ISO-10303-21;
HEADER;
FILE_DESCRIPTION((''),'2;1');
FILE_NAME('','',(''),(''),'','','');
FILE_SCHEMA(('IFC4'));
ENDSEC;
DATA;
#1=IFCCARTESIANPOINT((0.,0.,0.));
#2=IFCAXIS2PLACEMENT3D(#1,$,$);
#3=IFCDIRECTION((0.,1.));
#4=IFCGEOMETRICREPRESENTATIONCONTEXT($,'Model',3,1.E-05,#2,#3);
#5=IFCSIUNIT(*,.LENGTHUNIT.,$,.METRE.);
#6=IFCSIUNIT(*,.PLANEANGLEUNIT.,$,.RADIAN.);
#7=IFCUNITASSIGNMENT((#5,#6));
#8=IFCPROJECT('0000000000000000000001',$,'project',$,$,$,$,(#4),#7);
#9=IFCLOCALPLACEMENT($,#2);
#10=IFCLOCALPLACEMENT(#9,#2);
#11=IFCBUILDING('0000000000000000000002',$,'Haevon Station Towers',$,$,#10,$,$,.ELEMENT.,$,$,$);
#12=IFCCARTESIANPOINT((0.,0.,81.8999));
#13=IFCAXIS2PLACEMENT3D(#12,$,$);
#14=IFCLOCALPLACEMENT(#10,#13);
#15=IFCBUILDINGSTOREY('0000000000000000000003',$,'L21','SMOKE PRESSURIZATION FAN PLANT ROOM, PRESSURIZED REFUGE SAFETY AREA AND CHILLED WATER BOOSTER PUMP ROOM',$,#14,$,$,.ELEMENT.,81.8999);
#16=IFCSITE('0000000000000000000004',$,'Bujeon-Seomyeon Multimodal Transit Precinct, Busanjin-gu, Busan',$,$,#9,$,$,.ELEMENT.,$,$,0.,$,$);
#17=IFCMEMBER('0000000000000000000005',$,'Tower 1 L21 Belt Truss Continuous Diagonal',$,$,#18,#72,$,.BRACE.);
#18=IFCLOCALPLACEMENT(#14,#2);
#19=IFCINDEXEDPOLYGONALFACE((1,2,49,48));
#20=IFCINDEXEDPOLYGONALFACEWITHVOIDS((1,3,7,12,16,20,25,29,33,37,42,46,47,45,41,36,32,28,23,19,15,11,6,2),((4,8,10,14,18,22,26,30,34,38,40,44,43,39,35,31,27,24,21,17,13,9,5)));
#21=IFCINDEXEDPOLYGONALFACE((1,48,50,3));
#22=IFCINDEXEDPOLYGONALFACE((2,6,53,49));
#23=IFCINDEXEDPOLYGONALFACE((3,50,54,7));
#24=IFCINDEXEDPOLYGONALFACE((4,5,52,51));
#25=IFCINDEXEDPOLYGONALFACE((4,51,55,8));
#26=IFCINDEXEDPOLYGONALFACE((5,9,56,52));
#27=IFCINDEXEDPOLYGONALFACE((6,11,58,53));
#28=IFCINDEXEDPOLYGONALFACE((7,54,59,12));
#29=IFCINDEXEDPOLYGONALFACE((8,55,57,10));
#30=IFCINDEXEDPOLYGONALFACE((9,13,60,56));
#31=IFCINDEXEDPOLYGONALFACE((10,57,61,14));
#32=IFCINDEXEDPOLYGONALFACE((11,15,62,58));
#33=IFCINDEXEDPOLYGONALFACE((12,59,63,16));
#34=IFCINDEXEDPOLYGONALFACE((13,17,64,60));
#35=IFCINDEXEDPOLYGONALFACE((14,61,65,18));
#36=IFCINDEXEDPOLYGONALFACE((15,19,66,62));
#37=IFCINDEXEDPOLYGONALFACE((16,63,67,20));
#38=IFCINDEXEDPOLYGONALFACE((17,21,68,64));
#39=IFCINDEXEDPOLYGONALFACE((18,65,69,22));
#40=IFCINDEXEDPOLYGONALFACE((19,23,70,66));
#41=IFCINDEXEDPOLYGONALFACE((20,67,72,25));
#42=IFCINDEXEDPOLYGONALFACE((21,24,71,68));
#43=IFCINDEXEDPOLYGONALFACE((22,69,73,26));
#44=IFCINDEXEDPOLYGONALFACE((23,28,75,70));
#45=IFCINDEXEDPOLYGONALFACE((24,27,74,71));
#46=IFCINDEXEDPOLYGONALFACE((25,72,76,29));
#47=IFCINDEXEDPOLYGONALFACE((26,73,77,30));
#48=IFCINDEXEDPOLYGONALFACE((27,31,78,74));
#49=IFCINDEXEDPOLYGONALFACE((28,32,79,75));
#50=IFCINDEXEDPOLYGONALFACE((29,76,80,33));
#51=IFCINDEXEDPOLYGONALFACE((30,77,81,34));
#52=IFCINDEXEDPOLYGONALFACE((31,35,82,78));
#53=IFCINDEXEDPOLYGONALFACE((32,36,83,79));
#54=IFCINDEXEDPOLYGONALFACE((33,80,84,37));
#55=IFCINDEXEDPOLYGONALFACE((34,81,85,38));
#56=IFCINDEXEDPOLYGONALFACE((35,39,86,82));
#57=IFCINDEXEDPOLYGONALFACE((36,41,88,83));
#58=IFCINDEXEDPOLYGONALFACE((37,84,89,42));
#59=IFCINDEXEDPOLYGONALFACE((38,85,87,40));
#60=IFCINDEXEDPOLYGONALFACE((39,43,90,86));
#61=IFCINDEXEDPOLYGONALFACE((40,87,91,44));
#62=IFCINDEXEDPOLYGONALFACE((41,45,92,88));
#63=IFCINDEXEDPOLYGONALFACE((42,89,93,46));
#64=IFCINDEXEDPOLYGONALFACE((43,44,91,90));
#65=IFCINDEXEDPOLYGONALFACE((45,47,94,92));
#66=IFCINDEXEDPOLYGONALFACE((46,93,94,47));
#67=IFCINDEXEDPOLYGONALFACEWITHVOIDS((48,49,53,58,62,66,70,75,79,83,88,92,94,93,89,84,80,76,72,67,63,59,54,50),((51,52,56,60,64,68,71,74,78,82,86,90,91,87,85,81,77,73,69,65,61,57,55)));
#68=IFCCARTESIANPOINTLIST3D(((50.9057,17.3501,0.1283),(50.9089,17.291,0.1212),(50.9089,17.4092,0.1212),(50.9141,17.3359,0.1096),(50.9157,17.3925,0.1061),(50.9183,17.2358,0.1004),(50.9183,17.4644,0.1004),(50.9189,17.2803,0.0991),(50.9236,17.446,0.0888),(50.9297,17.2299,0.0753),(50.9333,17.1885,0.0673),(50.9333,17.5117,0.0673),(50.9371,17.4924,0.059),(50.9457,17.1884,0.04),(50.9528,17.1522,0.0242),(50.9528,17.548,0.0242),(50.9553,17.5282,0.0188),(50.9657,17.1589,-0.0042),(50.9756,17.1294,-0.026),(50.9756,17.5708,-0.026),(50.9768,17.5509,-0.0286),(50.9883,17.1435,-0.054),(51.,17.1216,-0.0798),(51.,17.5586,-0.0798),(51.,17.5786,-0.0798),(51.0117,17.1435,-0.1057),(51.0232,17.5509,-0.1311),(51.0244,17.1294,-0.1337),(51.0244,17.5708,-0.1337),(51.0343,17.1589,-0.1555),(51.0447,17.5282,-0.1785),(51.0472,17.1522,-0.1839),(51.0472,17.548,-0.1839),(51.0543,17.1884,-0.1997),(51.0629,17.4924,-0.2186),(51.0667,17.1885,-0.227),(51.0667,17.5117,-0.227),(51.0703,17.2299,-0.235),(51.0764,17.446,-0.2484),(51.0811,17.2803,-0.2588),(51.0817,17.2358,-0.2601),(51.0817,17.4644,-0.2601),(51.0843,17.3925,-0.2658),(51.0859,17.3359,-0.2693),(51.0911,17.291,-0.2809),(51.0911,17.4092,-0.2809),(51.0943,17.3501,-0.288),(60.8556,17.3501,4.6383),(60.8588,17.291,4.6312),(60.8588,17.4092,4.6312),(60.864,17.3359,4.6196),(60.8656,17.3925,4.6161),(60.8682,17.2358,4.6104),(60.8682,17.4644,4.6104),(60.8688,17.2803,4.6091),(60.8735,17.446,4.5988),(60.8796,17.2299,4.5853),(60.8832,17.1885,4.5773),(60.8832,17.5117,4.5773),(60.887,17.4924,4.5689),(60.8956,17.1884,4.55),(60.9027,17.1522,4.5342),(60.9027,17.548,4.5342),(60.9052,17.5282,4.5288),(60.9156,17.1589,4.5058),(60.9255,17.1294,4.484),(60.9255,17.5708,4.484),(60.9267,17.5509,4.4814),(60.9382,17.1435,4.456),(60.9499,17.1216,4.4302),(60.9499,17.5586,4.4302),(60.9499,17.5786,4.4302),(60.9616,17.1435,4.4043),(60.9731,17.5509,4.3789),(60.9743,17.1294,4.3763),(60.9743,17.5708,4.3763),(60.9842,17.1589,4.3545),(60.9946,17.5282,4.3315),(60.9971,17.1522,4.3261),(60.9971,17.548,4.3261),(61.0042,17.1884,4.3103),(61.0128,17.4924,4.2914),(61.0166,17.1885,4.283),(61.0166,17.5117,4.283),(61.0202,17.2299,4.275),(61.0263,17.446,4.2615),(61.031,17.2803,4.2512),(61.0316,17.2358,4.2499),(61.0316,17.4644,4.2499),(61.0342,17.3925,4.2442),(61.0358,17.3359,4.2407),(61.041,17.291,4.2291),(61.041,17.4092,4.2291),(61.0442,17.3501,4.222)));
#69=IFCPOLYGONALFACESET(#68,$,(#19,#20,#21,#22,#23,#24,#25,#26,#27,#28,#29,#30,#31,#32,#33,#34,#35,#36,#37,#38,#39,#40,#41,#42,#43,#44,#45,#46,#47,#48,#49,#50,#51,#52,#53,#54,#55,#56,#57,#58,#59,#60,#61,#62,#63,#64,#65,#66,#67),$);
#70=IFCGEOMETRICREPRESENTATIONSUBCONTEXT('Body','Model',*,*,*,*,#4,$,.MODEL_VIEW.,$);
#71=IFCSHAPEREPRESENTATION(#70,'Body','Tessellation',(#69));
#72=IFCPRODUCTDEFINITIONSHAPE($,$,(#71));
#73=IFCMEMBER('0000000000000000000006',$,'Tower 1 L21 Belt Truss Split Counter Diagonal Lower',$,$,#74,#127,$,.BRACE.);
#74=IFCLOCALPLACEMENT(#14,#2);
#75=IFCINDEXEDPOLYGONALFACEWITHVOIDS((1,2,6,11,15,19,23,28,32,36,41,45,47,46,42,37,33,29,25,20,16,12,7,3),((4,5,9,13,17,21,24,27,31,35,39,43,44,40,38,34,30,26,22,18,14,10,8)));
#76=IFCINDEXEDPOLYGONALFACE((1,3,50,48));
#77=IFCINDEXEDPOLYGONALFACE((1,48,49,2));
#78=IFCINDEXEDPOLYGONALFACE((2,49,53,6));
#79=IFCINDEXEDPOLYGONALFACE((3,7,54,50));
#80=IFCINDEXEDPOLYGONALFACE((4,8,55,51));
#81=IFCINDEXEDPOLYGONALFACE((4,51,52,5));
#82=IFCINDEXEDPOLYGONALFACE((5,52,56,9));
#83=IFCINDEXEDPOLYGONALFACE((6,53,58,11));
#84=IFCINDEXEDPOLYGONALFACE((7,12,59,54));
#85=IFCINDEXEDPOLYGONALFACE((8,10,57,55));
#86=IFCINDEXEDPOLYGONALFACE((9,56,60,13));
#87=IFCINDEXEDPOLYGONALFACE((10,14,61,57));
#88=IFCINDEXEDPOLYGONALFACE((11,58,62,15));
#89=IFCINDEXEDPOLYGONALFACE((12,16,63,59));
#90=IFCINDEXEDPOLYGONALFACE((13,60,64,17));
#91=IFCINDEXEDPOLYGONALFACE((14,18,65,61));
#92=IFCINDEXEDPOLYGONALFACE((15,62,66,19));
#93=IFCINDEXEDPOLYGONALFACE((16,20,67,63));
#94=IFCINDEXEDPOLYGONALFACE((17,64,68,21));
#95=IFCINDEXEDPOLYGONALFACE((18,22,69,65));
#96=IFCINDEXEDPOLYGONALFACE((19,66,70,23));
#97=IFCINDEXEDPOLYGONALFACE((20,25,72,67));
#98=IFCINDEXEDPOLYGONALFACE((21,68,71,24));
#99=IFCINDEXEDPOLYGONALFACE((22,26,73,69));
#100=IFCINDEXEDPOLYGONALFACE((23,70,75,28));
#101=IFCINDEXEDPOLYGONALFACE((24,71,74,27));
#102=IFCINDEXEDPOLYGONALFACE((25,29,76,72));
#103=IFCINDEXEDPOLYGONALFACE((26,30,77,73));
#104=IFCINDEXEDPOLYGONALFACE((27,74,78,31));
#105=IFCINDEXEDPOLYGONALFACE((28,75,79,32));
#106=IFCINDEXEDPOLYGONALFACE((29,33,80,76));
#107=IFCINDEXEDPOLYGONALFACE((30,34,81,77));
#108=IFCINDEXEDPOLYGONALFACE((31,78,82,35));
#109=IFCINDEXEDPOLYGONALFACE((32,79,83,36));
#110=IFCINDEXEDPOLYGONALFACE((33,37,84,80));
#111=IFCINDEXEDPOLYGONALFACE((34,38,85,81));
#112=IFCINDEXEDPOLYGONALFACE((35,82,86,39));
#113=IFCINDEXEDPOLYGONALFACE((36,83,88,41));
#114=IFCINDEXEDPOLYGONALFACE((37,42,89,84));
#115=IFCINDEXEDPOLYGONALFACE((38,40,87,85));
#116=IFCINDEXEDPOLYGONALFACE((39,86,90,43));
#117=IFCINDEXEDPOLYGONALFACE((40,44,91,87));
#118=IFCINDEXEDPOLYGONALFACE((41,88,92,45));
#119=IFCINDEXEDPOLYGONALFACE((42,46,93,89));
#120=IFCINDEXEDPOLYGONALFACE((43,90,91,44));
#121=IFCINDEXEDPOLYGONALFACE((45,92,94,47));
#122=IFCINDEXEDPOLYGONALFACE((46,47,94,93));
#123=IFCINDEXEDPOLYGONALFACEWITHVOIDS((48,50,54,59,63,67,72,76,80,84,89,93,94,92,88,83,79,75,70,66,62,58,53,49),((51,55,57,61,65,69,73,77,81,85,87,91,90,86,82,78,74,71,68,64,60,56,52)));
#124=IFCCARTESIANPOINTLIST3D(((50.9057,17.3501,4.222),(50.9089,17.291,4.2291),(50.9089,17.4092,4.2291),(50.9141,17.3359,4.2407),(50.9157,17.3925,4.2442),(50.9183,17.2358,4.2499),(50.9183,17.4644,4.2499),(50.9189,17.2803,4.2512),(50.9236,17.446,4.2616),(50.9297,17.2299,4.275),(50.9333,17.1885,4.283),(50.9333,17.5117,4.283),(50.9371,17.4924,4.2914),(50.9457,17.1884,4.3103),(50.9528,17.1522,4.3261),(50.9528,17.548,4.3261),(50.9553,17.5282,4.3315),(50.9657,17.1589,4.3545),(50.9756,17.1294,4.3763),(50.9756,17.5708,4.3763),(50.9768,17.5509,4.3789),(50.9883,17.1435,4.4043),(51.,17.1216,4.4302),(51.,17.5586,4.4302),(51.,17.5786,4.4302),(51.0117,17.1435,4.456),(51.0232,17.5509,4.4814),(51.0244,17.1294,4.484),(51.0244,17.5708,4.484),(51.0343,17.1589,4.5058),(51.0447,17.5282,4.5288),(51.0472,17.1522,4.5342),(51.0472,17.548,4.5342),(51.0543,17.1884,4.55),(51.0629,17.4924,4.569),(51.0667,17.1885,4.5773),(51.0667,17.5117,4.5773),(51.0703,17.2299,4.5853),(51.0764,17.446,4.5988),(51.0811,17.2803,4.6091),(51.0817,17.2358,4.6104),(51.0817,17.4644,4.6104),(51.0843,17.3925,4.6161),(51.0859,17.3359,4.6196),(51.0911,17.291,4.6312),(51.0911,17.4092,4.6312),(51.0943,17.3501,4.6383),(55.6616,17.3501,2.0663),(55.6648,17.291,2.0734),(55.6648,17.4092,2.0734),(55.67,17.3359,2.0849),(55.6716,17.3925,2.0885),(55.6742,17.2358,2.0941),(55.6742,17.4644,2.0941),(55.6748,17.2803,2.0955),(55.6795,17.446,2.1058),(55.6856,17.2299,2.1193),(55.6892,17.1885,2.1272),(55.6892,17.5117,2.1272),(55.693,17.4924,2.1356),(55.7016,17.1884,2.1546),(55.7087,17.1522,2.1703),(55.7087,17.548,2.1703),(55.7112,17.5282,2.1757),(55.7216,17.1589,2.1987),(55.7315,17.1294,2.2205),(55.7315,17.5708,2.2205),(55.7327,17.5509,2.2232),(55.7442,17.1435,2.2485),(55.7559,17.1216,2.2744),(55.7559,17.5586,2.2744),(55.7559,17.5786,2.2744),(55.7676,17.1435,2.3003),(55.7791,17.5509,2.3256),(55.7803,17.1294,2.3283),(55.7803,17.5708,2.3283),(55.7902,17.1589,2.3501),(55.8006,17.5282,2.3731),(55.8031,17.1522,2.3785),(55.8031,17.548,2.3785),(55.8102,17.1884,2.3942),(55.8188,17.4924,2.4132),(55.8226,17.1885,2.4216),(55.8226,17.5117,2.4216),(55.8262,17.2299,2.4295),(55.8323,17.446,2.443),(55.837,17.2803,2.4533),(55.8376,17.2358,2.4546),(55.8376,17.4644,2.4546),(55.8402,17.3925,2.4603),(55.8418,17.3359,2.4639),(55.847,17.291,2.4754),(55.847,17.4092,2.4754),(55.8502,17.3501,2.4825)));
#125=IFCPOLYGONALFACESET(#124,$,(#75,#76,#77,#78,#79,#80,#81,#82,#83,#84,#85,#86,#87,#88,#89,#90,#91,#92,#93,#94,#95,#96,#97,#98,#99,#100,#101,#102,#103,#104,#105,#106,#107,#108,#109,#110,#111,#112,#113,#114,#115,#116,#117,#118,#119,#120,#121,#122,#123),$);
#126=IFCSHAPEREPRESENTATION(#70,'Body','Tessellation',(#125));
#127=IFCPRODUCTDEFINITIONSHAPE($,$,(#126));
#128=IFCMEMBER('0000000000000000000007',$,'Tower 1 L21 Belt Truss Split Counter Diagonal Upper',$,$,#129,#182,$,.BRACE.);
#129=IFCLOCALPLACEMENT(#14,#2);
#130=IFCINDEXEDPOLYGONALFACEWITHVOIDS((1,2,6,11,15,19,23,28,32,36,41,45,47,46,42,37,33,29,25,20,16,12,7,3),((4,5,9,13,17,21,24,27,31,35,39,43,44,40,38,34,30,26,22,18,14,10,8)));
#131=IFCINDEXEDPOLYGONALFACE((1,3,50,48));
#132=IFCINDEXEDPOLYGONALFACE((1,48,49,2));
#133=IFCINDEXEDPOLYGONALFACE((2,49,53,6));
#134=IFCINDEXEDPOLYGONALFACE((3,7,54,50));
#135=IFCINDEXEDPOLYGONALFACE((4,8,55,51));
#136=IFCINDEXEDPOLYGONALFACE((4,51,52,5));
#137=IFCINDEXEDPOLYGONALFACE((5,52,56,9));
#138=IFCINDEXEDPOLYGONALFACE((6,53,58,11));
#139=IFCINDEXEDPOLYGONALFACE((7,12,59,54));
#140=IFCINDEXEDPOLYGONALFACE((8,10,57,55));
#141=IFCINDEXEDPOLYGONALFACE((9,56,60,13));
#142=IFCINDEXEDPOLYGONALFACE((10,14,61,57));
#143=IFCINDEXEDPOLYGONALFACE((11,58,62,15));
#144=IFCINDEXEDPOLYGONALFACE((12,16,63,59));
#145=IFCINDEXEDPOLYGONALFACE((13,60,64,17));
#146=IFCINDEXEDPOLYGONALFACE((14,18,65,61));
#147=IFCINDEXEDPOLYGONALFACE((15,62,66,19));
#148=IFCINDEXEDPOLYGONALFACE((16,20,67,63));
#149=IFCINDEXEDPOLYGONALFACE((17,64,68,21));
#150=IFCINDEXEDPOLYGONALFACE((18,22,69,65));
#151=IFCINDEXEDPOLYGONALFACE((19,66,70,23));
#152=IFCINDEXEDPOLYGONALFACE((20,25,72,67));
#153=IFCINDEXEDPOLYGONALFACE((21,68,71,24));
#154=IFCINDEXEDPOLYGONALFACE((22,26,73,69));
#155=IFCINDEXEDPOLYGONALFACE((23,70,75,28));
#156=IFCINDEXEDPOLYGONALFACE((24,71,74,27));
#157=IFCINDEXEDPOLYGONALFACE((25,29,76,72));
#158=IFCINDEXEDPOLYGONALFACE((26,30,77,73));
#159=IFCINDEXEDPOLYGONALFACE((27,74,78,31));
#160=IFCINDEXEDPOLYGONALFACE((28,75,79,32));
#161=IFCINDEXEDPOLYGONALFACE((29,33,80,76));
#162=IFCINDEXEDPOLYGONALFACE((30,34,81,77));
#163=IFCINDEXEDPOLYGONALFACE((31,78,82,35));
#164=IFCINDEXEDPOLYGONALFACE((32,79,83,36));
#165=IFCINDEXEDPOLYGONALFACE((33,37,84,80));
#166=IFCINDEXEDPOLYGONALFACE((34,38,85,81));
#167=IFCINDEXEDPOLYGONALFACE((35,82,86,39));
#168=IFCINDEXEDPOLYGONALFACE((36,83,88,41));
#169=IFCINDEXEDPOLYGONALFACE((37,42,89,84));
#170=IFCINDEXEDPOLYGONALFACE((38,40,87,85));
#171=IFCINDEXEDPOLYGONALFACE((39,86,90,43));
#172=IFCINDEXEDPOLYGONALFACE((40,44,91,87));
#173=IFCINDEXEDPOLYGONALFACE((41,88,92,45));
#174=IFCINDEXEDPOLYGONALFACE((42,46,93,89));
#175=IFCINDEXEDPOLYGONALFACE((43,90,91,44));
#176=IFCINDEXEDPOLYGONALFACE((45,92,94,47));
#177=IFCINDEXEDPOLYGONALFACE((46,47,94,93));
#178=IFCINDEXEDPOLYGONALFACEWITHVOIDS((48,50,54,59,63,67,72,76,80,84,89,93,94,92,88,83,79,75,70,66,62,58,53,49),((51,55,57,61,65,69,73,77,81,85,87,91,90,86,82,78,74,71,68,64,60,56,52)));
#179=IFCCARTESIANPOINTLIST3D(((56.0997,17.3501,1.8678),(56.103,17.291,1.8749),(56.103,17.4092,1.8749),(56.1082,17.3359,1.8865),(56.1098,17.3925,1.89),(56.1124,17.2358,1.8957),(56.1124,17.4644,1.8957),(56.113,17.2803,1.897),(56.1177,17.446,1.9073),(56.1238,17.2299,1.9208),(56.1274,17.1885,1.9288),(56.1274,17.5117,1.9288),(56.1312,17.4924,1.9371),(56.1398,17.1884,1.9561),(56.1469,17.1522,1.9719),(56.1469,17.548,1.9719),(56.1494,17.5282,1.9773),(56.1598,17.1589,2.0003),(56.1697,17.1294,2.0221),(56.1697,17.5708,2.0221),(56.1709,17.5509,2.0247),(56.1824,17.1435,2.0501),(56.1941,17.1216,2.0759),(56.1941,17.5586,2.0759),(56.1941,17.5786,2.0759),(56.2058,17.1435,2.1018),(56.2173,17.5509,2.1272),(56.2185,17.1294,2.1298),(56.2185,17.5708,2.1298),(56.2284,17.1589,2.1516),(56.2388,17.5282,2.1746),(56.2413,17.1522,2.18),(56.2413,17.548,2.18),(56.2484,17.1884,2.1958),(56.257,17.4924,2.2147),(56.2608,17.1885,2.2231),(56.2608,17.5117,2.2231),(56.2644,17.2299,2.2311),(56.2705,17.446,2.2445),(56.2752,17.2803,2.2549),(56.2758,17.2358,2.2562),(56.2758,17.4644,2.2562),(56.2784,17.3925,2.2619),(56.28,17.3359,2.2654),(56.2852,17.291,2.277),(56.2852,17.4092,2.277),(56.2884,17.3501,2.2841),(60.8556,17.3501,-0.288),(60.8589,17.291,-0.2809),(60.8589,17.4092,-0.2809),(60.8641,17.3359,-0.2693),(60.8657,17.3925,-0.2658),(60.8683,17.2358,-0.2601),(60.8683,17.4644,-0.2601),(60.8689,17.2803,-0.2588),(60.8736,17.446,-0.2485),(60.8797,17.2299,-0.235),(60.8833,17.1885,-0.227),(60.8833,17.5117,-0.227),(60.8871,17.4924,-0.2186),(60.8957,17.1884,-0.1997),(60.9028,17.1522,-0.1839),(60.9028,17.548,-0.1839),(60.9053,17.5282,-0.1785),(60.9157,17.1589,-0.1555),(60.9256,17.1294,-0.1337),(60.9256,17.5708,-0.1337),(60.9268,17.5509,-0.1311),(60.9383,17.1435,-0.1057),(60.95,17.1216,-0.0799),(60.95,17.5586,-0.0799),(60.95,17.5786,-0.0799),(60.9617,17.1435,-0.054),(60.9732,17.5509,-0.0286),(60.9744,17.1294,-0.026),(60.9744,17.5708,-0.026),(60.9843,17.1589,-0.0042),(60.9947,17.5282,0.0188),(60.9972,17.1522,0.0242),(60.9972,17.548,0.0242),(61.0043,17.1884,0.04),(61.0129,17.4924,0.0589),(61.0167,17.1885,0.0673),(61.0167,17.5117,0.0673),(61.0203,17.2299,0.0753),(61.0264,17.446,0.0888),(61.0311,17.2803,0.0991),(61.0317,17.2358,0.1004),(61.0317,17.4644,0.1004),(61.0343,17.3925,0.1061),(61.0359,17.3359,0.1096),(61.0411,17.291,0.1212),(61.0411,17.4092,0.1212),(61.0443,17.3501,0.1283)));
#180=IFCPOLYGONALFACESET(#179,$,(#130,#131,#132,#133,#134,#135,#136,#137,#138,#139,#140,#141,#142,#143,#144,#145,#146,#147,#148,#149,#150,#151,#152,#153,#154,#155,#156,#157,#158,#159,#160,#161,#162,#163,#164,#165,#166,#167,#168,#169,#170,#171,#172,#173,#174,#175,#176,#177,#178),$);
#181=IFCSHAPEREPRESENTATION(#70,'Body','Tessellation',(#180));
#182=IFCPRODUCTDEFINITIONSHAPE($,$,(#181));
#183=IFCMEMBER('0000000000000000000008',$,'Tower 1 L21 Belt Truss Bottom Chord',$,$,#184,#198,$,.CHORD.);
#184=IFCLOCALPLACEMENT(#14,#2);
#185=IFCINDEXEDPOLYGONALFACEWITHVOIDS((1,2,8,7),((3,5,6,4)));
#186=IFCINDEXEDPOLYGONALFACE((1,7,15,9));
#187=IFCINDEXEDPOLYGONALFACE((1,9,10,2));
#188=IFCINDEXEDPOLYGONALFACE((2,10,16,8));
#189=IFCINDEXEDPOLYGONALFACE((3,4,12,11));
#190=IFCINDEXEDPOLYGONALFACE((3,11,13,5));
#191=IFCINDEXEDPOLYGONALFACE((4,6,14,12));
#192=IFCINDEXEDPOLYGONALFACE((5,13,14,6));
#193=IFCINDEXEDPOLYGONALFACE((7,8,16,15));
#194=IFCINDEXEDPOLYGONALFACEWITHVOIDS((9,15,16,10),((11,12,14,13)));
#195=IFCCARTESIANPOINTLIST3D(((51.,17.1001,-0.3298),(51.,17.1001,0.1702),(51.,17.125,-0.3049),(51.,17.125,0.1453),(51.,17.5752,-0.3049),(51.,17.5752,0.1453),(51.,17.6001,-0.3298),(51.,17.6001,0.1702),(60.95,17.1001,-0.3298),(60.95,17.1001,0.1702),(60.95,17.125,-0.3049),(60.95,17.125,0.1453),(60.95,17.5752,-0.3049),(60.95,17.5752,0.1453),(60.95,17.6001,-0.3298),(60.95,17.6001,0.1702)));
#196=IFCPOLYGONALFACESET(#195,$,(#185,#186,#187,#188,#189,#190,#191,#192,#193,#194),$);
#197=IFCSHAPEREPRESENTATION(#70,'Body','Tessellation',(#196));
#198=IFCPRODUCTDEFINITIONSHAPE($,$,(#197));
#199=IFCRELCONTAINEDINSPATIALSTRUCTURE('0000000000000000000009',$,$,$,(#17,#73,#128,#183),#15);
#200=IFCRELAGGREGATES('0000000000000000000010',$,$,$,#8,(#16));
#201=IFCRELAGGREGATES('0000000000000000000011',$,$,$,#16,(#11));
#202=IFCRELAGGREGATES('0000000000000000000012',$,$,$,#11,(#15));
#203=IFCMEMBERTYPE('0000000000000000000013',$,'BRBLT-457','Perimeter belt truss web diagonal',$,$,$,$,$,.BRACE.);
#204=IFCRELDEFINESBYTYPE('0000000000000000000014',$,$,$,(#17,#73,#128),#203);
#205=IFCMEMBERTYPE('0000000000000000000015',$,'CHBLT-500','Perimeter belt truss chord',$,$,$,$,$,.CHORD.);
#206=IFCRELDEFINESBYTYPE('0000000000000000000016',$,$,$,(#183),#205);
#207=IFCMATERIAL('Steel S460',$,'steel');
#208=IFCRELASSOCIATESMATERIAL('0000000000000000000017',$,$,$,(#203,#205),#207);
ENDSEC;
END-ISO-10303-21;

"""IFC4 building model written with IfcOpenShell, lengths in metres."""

from ifc_helpers import new_model, si_unit, direction, frame, origin, origin_2d, place, context, subcontext, project, spatial, hollow_rectangle, hollow_circle, extrude, material, material_profile, profile_set, type_object, element, save


model = new_model("IFC4")

# Units and contexts
model_context = context("Model", 3, precision=1e-05, world=origin(), true_north=direction((0.0, 1.0)))
body_context = subcontext(model_context, "Body", "Model", "MODEL_VIEW")
ifc_project = project(units=[si_unit("LENGTHUNIT", "METRE"), si_unit("PLANEANGLEUNIT", "RADIAN")], contexts=[model_context])

# Site, building, storey
site_placement = place(None, origin())
site = spatial("IfcSite", under=ifc_project, at=site_placement, Name="Bujeon-Seomyeon Multimodal Transit Precinct, Busanjin-gu, Busan", CompositionType="ELEMENT", RefElevation=0.0)
building_placement = place(site_placement, origin())
building = spatial("IfcBuilding", under=site, at=building_placement, Name="Haevon Station Towers", CompositionType="ELEMENT")
storey_placement = place(building_placement, frame((0.0, 0.0, 81.8999)))
storey = spatial("IfcBuildingStorey", under=building, at=storey_placement, Name="L21", Description="SMOKE PRESSURIZATION FAN PLANT ROOM, PRESSURIZED REFUGE SAFETY AREA AND CHILLED WATER BOOSTER PUMP ROOM", CompositionType="ELEMENT", Elevation=81.8999)

# Shared definitions
ifc_material_1 = material(Name="Steel S460", Category="steel")

# Members
ifc_material_profile_1 = material_profile(ifc_material_1, hollow_circle(Radius=0.2285, WallThickness=0.02, at=origin_2d()), Name="CHS-457x20")
ifc_profile_set_1 = profile_set([ifc_material_profile_1], Name="Steel S460")
member_type_1 = type_object("IfcMemberType", Name="BRBLT-457", Description="Perimeter belt truss web diagonal", PredefinedType="BRACE", material=ifc_profile_set_1)
member_placement = place(storey_placement, frame((51.0, 17.3501, -0.0798), z_axis=(0.910804, 0.0, 0.41284), x_axis=(0.0, 1.0, 0.0)))
element("IfcMember", 1, at=member_placement, inside=storey, type_object=member_type_1, Name="Tower 1 L21 Belt Truss Continuous Diagonal", PredefinedType="BRACE", context=body_context, shape_type="SweptSolid", body=[
    extrude(hollow_circle(Radius=0.2285, WallThickness=0.02, at=origin_2d()), origin(), (0.0, 0.0, 1.0), 10.9243),
])
for number, where, z_axis, x_axis, name in (
    (2, (51.0, 17.3501, 4.4302), (0.910798, 0.0, -0.412852), (0.0, 1.0, 0.0), "Tower 1 L21 Belt Truss Split Counter Diagonal Lower"),
    (3, (56.1941, 17.3501, 2.0759), (0.910798, 0.0, -0.412852), (0.0, 1.0, 0.0), "Tower 1 L21 Belt Truss Split Counter Diagonal Upper"),
):
    element("IfcMember", number, at=place(storey_placement, frame(where, z_axis=z_axis, x_axis=x_axis)), inside=storey, type_object=member_type_1, Name=name, PredefinedType="BRACE", context=body_context, shape_type="SweptSolid", body=[
        extrude(hollow_circle(Radius=0.2285, WallThickness=0.02, at=origin_2d()), origin(), (0.0, 0.0, 1.0), 5.2217),
    ])
ifc_material_profile_2 = material_profile(ifc_material_1, hollow_rectangle(XDim=0.5, YDim=0.5, WallThickness=0.0249, at=origin_2d()), Name="RHS-500x500x25")
ifc_profile_set_2 = profile_set([ifc_material_profile_2], Name="Steel S460")
member_type_2 = type_object("IfcMemberType", Name="CHBLT-500", Description="Perimeter belt truss chord", PredefinedType="CHORD", material=ifc_profile_set_2)
for number, where, z_axis, x_axis, name in (
    (4, (51.0, 17.3501, -0.0798), (1.0, 0.0, 0.0), (0.0, 1.0, 0.0), "Tower 1 L21 Belt Truss Bottom Chord"),
):
    element("IfcMember", number, at=place(storey_placement, frame(where, z_axis=z_axis, x_axis=x_axis)), inside=storey, type_object=member_type_2, Name=name, PredefinedType="CHORD", context=body_context, shape_type="SweptSolid", body=[
        extrude(hollow_rectangle(XDim=0.5, YDim=0.5, WallThickness=0.0249, at=origin_2d()), origin(), (0.0, 0.0, 1.0), 9.95),
    ])

save(model, "model.ifc")
